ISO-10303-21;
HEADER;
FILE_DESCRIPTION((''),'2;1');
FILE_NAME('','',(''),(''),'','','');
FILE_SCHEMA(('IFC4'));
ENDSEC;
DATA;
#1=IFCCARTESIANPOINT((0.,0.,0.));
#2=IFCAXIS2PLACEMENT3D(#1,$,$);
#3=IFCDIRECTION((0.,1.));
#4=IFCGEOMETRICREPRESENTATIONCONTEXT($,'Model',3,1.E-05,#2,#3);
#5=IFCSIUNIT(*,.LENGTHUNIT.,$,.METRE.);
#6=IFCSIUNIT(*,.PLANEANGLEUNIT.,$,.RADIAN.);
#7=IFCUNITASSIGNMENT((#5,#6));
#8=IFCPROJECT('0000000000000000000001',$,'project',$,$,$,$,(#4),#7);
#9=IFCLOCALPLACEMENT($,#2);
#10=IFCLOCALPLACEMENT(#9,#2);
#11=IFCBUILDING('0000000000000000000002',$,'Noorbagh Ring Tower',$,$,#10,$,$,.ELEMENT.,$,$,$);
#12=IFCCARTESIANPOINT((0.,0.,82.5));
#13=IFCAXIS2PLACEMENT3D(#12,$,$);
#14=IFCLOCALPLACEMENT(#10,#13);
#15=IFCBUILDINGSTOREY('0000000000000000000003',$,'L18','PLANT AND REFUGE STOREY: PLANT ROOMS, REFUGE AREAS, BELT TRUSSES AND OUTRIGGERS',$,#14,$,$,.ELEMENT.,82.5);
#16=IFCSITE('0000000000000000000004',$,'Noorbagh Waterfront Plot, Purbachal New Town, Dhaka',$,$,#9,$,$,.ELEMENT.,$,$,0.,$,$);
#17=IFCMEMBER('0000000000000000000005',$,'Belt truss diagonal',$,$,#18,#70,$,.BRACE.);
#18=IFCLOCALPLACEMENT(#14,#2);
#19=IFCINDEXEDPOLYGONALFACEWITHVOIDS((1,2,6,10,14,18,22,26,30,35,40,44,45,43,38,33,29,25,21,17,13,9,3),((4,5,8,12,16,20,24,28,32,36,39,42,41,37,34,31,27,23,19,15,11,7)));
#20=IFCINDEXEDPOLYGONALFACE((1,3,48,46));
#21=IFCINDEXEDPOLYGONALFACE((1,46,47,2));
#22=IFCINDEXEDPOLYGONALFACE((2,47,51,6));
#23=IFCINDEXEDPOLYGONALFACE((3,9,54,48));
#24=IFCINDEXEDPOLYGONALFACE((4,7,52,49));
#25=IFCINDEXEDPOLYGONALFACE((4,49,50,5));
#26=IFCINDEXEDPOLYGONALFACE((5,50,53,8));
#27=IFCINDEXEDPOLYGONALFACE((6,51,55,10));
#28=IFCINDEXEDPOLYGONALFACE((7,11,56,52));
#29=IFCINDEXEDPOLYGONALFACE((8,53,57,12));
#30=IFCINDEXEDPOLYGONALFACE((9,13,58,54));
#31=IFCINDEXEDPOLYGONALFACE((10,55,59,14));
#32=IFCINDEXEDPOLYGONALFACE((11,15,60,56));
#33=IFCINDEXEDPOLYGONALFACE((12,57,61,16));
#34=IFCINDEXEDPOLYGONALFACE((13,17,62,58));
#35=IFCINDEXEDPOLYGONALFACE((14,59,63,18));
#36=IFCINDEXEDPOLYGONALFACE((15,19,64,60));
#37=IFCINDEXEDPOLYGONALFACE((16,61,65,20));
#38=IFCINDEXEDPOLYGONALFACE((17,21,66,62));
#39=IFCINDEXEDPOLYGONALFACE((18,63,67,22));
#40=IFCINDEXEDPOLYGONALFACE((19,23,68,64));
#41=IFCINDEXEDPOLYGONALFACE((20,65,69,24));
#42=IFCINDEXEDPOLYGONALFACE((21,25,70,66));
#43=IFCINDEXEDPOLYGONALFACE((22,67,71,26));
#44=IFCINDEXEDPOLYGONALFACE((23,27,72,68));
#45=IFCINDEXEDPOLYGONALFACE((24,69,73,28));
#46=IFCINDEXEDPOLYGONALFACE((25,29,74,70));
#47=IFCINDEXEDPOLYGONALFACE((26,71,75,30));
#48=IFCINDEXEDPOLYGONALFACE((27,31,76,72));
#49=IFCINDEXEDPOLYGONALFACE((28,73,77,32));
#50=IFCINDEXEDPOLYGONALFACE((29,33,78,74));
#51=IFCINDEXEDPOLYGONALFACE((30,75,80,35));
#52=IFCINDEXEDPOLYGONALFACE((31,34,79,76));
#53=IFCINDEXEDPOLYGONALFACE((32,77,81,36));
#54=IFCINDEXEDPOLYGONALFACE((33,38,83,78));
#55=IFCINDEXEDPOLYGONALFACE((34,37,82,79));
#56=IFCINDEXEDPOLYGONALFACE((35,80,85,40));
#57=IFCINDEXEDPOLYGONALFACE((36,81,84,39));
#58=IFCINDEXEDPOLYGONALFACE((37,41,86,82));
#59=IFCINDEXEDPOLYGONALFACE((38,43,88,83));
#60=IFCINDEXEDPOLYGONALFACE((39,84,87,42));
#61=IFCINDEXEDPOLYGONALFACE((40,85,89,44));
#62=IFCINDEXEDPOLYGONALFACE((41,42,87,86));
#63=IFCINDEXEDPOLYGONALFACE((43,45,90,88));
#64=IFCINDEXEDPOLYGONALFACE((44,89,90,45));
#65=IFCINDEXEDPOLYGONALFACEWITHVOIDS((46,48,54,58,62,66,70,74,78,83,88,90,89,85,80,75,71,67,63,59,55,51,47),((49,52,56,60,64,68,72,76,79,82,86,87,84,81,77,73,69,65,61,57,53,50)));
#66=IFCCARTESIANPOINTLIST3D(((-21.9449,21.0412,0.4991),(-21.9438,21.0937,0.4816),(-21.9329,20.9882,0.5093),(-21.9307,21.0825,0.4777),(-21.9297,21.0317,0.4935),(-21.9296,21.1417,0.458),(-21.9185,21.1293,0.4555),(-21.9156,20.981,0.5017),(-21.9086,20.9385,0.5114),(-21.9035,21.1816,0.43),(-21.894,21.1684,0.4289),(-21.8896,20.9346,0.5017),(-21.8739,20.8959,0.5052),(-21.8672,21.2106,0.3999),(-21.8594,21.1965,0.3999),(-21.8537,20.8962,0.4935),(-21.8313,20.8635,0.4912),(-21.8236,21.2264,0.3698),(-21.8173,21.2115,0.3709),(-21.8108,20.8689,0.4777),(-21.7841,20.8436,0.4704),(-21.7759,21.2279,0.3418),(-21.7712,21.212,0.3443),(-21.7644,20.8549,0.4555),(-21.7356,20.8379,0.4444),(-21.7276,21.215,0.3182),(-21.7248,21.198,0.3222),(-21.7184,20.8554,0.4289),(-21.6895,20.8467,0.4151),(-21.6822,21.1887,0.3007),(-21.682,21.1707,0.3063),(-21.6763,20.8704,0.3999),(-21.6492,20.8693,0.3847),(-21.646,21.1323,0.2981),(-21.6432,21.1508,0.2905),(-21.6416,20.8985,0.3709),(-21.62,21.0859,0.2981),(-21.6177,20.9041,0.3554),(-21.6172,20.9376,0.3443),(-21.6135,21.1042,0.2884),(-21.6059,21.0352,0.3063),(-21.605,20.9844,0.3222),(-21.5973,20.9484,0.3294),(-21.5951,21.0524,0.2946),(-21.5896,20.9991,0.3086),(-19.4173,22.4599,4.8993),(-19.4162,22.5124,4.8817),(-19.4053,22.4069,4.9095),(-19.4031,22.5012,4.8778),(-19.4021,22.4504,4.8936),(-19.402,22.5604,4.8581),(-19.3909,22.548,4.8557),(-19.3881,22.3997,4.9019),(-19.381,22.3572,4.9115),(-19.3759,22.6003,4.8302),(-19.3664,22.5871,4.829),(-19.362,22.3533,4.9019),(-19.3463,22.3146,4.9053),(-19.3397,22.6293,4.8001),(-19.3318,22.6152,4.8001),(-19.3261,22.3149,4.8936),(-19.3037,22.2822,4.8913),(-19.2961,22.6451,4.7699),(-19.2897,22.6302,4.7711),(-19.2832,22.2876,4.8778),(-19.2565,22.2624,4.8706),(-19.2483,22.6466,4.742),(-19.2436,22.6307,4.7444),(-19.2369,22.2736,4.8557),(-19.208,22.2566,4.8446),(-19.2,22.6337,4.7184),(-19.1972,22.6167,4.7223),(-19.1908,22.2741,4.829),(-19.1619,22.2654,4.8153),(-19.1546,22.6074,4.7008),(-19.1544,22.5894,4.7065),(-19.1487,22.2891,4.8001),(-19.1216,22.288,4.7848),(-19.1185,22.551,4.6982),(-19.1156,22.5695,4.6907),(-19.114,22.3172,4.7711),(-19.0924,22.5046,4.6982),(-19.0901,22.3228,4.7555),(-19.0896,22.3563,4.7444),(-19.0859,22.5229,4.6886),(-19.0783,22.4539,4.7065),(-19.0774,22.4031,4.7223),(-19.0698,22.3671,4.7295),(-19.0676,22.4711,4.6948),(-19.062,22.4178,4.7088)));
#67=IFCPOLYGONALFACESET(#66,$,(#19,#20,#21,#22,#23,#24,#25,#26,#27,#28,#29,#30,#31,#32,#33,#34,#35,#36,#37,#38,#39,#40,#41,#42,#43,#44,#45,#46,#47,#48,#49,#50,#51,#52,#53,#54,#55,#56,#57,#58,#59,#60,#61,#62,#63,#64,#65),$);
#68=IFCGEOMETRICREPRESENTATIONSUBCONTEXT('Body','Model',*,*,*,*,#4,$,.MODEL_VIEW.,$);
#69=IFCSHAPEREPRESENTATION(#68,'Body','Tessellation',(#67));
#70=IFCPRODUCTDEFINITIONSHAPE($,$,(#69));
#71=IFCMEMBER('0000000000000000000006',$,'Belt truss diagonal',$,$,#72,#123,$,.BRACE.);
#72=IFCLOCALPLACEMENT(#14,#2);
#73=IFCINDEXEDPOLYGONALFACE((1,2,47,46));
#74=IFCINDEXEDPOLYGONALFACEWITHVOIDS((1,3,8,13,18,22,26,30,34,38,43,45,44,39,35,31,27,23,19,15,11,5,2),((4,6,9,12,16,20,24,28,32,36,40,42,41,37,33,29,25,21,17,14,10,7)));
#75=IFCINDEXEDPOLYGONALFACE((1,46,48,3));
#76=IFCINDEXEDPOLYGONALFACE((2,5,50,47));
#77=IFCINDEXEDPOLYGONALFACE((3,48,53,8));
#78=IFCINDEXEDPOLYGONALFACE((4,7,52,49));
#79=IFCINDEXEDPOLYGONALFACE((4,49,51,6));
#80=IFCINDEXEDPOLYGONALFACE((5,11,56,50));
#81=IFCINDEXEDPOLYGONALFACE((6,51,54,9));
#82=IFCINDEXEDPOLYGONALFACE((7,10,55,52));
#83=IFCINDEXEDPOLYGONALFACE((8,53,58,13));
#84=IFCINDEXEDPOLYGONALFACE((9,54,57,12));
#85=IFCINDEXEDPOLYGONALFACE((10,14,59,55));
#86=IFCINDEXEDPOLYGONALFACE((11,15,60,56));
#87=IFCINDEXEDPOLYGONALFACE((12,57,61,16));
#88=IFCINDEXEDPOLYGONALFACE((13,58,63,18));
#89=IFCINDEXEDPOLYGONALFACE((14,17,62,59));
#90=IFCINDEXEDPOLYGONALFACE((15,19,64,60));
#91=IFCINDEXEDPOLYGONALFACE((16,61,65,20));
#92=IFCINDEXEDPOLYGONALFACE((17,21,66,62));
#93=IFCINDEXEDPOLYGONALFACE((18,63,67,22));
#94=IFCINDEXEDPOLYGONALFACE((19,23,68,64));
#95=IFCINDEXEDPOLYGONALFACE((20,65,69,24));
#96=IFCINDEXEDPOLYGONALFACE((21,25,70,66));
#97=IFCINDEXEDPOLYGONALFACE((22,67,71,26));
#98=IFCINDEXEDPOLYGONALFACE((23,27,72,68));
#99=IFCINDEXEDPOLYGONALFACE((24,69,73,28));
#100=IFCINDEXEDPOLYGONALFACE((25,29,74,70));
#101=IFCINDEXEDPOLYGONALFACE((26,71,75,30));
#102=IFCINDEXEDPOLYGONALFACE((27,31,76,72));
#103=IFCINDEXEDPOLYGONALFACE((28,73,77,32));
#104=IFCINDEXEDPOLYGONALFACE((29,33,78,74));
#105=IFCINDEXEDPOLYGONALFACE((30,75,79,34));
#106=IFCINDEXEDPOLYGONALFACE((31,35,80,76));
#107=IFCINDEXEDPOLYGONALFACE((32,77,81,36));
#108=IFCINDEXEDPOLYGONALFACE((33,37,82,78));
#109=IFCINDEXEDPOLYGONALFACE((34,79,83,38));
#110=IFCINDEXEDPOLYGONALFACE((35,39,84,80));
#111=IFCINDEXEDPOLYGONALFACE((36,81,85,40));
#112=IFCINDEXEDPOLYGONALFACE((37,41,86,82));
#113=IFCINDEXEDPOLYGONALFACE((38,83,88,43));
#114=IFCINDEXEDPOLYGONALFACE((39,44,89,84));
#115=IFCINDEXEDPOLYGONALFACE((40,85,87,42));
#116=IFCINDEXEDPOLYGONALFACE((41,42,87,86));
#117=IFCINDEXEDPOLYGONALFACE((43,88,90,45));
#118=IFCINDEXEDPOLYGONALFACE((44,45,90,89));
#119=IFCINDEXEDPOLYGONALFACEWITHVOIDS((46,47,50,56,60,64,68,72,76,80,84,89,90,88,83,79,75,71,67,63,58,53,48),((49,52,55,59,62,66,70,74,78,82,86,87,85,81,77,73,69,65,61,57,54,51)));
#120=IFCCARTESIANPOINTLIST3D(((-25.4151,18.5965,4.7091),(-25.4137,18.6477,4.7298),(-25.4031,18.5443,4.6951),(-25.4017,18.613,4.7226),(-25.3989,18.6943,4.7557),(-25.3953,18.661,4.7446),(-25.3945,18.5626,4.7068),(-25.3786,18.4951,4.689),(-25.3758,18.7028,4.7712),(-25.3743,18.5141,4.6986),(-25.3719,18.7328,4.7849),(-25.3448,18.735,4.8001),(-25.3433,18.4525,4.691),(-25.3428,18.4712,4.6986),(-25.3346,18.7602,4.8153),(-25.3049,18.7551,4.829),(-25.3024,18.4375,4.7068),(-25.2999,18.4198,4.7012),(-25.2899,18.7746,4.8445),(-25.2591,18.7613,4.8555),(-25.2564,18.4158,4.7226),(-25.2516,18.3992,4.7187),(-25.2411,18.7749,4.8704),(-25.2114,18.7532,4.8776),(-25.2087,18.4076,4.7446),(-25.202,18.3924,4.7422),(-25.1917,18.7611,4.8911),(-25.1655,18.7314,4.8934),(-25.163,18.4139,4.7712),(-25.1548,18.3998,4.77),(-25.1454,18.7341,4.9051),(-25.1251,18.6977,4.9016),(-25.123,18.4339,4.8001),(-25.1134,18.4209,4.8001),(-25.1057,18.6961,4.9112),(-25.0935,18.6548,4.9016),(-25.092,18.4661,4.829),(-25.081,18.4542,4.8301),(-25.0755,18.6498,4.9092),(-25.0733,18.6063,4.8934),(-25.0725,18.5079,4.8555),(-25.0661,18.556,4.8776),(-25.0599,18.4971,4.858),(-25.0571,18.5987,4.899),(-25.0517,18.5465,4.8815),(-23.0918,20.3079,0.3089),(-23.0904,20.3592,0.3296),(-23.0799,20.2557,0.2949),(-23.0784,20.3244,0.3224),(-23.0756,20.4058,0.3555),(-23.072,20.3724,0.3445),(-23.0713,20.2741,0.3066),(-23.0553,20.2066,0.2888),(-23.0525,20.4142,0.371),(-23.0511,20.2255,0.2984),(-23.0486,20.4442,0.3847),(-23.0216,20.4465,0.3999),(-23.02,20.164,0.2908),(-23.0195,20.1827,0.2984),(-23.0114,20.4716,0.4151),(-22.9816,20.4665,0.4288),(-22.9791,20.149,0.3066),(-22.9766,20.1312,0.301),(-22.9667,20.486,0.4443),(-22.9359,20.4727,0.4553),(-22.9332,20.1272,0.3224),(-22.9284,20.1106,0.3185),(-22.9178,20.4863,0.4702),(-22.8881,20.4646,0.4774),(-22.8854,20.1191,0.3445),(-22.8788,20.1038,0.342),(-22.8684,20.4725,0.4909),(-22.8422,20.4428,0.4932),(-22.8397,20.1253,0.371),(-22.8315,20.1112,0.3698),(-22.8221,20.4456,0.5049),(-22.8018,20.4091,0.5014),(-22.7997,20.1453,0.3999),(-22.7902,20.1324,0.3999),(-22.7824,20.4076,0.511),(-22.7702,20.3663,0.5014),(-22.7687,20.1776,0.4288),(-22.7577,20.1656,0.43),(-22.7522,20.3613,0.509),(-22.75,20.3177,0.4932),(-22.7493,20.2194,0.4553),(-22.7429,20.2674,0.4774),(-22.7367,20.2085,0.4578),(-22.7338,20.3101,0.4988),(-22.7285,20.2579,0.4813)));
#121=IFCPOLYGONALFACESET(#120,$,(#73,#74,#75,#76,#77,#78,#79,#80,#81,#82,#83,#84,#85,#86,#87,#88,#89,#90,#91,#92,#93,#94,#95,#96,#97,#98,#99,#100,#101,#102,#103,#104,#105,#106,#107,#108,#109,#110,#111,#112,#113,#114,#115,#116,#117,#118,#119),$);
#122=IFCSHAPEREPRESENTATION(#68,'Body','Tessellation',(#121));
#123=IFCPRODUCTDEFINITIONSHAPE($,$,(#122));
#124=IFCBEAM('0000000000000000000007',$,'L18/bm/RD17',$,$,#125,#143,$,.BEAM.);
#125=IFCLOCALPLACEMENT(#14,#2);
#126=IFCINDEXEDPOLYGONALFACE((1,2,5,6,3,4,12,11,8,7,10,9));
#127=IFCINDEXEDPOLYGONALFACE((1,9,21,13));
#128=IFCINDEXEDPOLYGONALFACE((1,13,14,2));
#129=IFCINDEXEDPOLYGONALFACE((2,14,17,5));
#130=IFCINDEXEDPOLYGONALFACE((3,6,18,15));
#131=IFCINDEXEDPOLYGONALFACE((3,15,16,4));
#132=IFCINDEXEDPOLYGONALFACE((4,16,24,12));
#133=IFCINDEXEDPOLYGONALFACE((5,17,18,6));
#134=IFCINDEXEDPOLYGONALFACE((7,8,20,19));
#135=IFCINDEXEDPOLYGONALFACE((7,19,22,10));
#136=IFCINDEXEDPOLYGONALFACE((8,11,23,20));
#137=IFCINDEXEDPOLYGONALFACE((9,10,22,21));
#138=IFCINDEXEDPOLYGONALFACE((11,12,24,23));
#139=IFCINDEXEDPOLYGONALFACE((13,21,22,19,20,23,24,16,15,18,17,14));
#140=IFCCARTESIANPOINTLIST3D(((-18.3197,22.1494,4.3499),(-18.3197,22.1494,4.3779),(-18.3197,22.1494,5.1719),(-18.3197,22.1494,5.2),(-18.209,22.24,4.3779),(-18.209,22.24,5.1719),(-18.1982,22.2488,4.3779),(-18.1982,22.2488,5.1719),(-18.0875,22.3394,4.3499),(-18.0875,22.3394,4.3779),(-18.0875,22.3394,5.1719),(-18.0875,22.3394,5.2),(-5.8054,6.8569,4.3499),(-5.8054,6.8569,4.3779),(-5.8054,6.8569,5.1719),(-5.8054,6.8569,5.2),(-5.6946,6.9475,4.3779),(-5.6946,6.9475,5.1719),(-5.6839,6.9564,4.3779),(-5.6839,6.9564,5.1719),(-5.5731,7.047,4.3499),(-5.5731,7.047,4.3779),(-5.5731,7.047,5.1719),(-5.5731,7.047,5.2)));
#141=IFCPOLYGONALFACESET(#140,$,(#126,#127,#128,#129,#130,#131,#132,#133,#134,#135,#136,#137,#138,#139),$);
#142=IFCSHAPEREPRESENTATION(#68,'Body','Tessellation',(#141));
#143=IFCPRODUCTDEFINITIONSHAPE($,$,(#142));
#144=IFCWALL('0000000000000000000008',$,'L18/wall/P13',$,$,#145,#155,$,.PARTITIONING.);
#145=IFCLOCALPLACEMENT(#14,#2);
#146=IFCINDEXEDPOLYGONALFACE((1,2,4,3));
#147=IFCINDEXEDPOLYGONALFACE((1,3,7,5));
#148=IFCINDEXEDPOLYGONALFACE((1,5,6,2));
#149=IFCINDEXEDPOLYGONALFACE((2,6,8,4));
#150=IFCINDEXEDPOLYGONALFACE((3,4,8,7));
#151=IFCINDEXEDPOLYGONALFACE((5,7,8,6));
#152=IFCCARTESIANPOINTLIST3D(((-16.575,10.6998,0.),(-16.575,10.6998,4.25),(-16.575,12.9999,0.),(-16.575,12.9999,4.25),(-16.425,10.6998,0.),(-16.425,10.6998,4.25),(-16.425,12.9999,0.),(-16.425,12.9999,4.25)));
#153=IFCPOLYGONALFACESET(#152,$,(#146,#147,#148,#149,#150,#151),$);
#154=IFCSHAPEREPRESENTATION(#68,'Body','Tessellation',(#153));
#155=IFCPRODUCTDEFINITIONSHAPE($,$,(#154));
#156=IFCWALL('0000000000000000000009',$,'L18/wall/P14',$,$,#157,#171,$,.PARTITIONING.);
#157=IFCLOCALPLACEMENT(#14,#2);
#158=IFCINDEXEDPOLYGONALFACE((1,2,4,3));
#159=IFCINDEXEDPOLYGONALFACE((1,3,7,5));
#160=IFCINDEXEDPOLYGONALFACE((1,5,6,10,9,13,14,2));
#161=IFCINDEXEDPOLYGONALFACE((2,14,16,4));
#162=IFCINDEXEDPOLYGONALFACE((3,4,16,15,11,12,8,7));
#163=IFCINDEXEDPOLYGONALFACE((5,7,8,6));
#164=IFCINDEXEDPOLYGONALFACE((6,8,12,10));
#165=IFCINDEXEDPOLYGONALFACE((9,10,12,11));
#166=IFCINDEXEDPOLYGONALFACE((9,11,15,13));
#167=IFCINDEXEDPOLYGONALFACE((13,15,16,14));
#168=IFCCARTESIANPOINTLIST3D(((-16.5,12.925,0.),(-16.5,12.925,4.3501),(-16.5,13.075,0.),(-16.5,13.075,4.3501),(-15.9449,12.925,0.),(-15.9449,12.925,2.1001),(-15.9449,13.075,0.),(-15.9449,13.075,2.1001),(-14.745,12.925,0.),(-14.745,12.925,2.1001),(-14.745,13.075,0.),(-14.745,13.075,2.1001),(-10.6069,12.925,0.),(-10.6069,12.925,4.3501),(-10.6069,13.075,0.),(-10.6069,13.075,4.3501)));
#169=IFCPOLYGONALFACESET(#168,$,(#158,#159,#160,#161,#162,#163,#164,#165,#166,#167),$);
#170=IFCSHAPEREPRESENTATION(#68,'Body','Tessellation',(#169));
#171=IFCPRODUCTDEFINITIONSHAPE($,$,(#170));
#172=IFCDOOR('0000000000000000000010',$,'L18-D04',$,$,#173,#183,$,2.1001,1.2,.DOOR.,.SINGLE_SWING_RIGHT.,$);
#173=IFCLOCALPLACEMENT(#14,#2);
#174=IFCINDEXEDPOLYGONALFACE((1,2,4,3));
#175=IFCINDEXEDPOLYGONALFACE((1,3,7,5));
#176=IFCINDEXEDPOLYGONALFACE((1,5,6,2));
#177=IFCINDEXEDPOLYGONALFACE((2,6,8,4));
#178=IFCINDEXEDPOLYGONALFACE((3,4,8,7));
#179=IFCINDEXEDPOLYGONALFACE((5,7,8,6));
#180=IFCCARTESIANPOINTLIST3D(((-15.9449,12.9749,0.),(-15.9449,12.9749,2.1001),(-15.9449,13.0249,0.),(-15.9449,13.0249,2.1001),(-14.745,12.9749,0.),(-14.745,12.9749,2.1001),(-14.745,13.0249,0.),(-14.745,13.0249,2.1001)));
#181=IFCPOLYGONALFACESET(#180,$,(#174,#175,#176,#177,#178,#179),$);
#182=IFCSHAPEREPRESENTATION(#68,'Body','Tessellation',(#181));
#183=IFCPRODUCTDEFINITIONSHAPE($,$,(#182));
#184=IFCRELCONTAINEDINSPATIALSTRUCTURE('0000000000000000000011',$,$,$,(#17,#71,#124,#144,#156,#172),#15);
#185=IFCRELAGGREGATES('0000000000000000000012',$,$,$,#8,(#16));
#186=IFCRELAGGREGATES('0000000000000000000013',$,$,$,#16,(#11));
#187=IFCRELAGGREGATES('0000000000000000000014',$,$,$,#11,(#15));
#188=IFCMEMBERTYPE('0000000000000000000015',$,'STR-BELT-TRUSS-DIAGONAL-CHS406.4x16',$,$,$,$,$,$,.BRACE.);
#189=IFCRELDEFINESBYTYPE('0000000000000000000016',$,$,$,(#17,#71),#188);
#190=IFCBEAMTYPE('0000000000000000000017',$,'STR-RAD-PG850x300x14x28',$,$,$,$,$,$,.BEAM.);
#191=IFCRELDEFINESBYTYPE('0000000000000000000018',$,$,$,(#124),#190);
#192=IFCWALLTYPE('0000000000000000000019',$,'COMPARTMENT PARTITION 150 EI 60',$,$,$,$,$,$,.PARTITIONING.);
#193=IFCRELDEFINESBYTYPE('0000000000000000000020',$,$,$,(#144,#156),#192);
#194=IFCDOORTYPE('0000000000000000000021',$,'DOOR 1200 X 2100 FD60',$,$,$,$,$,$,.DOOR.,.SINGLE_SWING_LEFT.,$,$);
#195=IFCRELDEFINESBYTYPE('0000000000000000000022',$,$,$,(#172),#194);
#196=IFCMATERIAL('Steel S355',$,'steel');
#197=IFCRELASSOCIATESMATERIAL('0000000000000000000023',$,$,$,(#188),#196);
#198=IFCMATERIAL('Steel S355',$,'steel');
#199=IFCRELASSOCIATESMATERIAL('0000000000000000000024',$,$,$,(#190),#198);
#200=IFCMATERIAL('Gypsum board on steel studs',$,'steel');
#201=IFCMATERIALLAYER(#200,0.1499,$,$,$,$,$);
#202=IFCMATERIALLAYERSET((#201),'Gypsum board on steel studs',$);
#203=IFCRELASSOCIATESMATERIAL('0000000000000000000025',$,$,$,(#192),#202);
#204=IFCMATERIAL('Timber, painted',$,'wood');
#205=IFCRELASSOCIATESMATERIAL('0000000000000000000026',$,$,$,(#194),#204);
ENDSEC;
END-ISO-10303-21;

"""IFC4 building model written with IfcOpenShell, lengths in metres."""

from ifc_helpers import new_model, si_unit, direction, frame, frame_2d, origin, origin_2d, place, context, subcontext, project, spatial, rectangle, hollow_circle, i_section, extrude, material, layer, layer_set, material_profile, profile_set, type_object, element, fill, save


model = new_model("IFC4")

# Units and contexts
model_context = context("Model", 3, precision=1e-05, world=origin(), true_north=direction((0.0, 1.0)))
body_context = subcontext(model_context, "Body", "Model", "MODEL_VIEW")
ifc_project = project(units=[si_unit("LENGTHUNIT", "METRE"), si_unit("PLANEANGLEUNIT", "RADIAN")], contexts=[model_context])

# Site, building, storey
site_placement = place(None, origin())
site = spatial("IfcSite", under=ifc_project, at=site_placement, Name="Noorbagh Waterfront Plot, Purbachal New Town, Dhaka", CompositionType="ELEMENT", RefElevation=0.0)
building_placement = place(site_placement, origin())
building = spatial("IfcBuilding", under=site, at=building_placement, Name="Noorbagh Ring Tower", CompositionType="ELEMENT")
storey_placement = place(building_placement, frame((0.0, 0.0, 82.5)))
storey = spatial("IfcBuildingStorey", under=building, at=storey_placement, Name="L18", Description="PLANT AND REFUGE STOREY: PLANT ROOMS, REFUGE AREAS, BELT TRUSSES AND OUTRIGGERS", CompositionType="ELEMENT", Elevation=82.5)

# Members
ifc_material_1 = material(Name="Steel S355", Category="steel")
ifc_material_profile_1 = material_profile(ifc_material_1, hollow_circle(Radius=0.2031, WallThickness=0.0161, at=origin_2d()), Name="CHS406.4x16")
ifc_profile_set_1 = profile_set([ifc_material_profile_1], Name="Steel S355")
member_type = type_object("IfcMemberType", Name="STR-BELT-TRUSS-DIAGONAL-CHS406.4x16", PredefinedType="BRACE", material=ifc_profile_set_1)
member_1_placement = place(storey_placement, frame((-21.7678, 21.0334, 0.3999), z_axis=(0.479706, 0.269253, 0.835096), x_axis=(-0.489457, 0.872027, 0.0)))
element("IfcMember", 1, at=member_1_placement, inside=storey, type_object=member_type, Name="Belt truss diagonal", PredefinedType="BRACE", context=body_context, shape_type="SweptSolid", body=[
    extrude(hollow_circle(Radius=0.2031, WallThickness=0.0161, at=origin_2d()), origin(), (0.0, 0.0, 1.0), 5.269),
])
member_2_placement = place(storey_placement, frame((-22.9106, 20.2959, 0.3999), z_axis=(-0.441521, -0.325248, 0.836226), x_axis=(0.593101, -0.805128, 0.0)))
element("IfcMember", 2, at=member_2_placement, inside=storey, type_object=member_type, Name="Belt truss diagonal", PredefinedType="BRACE", context=body_context, shape_type="SweptSolid", body=[
    extrude(hollow_circle(Radius=0.2031, WallThickness=0.0161, at=origin_2d()), origin(), (0.0, 0.0, 1.0), 5.262),
])

# Beam
ifc_material_2 = material(Name="Steel S355", Category="steel")
ifc_material_profile_2 = material_profile(ifc_material_2, i_section(OverallWidth=0.3, OverallDepth=0.8501, WebThickness=0.0139, FlangeThickness=0.0281, at=origin_2d()), Name="PG850x300x14x28")
ifc_profile_set_2 = profile_set([ifc_material_profile_2], Name="Steel S355")
beam_type_1 = type_object("IfcBeamType", Name="STR-RAD-PG850x300x14x28", PredefinedType="BEAM", material=ifc_profile_set_2)
beam_placement = place(storey_placement, frame((-18.2036, 22.2444, 4.7749), z_axis=(0.63331, -0.773898, 0.0), x_axis=(0.773898, 0.63331, 0.0)))
element("IfcBeam", 3, at=beam_placement, inside=storey, type_object=beam_type_1, Name="L18/bm/RD17", PredefinedType="BEAM", context=body_context, shape_type="SweptSolid", body=[
    extrude(i_section(OverallWidth=0.3, OverallDepth=0.8501, WebThickness=0.0139, FlangeThickness=0.0281, at=origin_2d()), origin(), (0.0, 0.0, 1.0), 19.7603),
])

# Wall
ifc_material_3 = material(Name="Gypsum board on steel studs", Category="steel")
ifc_layer_1 = layer(ifc_material_3, 0.1499)
ifc_layer_set_1 = layer_set([ifc_layer_1], Name="Gypsum board on steel studs")
wall_type = type_object("IfcWallType", Name="COMPARTMENT PARTITION 150 EI 60", PredefinedType="PARTITIONING", material=ifc_layer_set_1)
wall_1_placement = place(storey_placement, frame((-16.5, 10.7, 0.0), z_axis=(0.0, 0.0, 1.0), x_axis=(0.0, 1.0, 0.0)))
element("IfcWall", 4, at=wall_1_placement, inside=storey, type_object=wall_type, Name="L18/wall/P13", PredefinedType="PARTITIONING", context=body_context, shape_type="SweptSolid", body=[
    extrude(rectangle(XDim=2.3, YDim=0.1499, at=frame_2d((1.1499, 0.0))), origin(), (0.0, 0.0, 1.0), 4.25),
])

# Wall, opening, door
wall_2_placement = place(storey_placement, frame((-16.5, 13.0, 0.0), z_axis=(0.0, 0.0, 1.0), x_axis=(1.0, 0.0, 0.0)))
wall_2 = element("IfcWall", 5, at=wall_2_placement, inside=storey, type_object=wall_type, Name="L18/wall/P14", PredefinedType="PARTITIONING", context=body_context, shape_type="SweptSolid", body=[
    extrude(rectangle(XDim=5.8931, YDim=0.1499, at=frame_2d((2.9465, 0.0))), origin(), (0.0, 0.0, 1.0), 4.3501),
])
opening_placement = place(wall_2_placement, frame((0.5549, 0.0, 0.0)))
opening = element("IfcOpeningElement", 6, at=opening_placement, cuts=wall_2, PredefinedType="OPENING", context=body_context, shape_type="SweptSolid", body=[
    extrude(rectangle(XDim=1.2, YDim=2.1001, at=frame_2d((0.6001, 1.05))), frame((0.0, 0.085, 0.0), z_axis=(0.0, -1.0, 0.0), x_axis=(1.0, 0.0, 0.0)), (0.0, 0.0, 1.0), 0.1699),
])
ifc_material_4 = material(Name="Timber, painted", Category="wood")
door_type = type_object("IfcDoorType", Name="DOOR 1200 X 2100 FD60", OperationType="SINGLE_SWING_LEFT", PredefinedType="DOOR", material=ifc_material_4)
door_placement = place(opening_placement, origin())
door = element("IfcDoor", 7, at=door_placement, inside=storey, type_object=door_type, Name="L18-D04", OperationType="SINGLE_SWING_RIGHT", OverallHeight=2.1001, OverallWidth=1.2, PredefinedType="DOOR", context=body_context, shape_type="SweptSolid", body=[
    extrude(rectangle(XDim=1.2, YDim=2.1001, at=frame_2d((0.6001, 1.05))), frame((0.0, 0.0249, 0.0), z_axis=(0.0, -1.0, 0.0), x_axis=(1.0, 0.0, 0.0)), (0.0, 0.0, 1.0), 0.05),
])
fill(opening, door)

save(model, "model.ifc")
